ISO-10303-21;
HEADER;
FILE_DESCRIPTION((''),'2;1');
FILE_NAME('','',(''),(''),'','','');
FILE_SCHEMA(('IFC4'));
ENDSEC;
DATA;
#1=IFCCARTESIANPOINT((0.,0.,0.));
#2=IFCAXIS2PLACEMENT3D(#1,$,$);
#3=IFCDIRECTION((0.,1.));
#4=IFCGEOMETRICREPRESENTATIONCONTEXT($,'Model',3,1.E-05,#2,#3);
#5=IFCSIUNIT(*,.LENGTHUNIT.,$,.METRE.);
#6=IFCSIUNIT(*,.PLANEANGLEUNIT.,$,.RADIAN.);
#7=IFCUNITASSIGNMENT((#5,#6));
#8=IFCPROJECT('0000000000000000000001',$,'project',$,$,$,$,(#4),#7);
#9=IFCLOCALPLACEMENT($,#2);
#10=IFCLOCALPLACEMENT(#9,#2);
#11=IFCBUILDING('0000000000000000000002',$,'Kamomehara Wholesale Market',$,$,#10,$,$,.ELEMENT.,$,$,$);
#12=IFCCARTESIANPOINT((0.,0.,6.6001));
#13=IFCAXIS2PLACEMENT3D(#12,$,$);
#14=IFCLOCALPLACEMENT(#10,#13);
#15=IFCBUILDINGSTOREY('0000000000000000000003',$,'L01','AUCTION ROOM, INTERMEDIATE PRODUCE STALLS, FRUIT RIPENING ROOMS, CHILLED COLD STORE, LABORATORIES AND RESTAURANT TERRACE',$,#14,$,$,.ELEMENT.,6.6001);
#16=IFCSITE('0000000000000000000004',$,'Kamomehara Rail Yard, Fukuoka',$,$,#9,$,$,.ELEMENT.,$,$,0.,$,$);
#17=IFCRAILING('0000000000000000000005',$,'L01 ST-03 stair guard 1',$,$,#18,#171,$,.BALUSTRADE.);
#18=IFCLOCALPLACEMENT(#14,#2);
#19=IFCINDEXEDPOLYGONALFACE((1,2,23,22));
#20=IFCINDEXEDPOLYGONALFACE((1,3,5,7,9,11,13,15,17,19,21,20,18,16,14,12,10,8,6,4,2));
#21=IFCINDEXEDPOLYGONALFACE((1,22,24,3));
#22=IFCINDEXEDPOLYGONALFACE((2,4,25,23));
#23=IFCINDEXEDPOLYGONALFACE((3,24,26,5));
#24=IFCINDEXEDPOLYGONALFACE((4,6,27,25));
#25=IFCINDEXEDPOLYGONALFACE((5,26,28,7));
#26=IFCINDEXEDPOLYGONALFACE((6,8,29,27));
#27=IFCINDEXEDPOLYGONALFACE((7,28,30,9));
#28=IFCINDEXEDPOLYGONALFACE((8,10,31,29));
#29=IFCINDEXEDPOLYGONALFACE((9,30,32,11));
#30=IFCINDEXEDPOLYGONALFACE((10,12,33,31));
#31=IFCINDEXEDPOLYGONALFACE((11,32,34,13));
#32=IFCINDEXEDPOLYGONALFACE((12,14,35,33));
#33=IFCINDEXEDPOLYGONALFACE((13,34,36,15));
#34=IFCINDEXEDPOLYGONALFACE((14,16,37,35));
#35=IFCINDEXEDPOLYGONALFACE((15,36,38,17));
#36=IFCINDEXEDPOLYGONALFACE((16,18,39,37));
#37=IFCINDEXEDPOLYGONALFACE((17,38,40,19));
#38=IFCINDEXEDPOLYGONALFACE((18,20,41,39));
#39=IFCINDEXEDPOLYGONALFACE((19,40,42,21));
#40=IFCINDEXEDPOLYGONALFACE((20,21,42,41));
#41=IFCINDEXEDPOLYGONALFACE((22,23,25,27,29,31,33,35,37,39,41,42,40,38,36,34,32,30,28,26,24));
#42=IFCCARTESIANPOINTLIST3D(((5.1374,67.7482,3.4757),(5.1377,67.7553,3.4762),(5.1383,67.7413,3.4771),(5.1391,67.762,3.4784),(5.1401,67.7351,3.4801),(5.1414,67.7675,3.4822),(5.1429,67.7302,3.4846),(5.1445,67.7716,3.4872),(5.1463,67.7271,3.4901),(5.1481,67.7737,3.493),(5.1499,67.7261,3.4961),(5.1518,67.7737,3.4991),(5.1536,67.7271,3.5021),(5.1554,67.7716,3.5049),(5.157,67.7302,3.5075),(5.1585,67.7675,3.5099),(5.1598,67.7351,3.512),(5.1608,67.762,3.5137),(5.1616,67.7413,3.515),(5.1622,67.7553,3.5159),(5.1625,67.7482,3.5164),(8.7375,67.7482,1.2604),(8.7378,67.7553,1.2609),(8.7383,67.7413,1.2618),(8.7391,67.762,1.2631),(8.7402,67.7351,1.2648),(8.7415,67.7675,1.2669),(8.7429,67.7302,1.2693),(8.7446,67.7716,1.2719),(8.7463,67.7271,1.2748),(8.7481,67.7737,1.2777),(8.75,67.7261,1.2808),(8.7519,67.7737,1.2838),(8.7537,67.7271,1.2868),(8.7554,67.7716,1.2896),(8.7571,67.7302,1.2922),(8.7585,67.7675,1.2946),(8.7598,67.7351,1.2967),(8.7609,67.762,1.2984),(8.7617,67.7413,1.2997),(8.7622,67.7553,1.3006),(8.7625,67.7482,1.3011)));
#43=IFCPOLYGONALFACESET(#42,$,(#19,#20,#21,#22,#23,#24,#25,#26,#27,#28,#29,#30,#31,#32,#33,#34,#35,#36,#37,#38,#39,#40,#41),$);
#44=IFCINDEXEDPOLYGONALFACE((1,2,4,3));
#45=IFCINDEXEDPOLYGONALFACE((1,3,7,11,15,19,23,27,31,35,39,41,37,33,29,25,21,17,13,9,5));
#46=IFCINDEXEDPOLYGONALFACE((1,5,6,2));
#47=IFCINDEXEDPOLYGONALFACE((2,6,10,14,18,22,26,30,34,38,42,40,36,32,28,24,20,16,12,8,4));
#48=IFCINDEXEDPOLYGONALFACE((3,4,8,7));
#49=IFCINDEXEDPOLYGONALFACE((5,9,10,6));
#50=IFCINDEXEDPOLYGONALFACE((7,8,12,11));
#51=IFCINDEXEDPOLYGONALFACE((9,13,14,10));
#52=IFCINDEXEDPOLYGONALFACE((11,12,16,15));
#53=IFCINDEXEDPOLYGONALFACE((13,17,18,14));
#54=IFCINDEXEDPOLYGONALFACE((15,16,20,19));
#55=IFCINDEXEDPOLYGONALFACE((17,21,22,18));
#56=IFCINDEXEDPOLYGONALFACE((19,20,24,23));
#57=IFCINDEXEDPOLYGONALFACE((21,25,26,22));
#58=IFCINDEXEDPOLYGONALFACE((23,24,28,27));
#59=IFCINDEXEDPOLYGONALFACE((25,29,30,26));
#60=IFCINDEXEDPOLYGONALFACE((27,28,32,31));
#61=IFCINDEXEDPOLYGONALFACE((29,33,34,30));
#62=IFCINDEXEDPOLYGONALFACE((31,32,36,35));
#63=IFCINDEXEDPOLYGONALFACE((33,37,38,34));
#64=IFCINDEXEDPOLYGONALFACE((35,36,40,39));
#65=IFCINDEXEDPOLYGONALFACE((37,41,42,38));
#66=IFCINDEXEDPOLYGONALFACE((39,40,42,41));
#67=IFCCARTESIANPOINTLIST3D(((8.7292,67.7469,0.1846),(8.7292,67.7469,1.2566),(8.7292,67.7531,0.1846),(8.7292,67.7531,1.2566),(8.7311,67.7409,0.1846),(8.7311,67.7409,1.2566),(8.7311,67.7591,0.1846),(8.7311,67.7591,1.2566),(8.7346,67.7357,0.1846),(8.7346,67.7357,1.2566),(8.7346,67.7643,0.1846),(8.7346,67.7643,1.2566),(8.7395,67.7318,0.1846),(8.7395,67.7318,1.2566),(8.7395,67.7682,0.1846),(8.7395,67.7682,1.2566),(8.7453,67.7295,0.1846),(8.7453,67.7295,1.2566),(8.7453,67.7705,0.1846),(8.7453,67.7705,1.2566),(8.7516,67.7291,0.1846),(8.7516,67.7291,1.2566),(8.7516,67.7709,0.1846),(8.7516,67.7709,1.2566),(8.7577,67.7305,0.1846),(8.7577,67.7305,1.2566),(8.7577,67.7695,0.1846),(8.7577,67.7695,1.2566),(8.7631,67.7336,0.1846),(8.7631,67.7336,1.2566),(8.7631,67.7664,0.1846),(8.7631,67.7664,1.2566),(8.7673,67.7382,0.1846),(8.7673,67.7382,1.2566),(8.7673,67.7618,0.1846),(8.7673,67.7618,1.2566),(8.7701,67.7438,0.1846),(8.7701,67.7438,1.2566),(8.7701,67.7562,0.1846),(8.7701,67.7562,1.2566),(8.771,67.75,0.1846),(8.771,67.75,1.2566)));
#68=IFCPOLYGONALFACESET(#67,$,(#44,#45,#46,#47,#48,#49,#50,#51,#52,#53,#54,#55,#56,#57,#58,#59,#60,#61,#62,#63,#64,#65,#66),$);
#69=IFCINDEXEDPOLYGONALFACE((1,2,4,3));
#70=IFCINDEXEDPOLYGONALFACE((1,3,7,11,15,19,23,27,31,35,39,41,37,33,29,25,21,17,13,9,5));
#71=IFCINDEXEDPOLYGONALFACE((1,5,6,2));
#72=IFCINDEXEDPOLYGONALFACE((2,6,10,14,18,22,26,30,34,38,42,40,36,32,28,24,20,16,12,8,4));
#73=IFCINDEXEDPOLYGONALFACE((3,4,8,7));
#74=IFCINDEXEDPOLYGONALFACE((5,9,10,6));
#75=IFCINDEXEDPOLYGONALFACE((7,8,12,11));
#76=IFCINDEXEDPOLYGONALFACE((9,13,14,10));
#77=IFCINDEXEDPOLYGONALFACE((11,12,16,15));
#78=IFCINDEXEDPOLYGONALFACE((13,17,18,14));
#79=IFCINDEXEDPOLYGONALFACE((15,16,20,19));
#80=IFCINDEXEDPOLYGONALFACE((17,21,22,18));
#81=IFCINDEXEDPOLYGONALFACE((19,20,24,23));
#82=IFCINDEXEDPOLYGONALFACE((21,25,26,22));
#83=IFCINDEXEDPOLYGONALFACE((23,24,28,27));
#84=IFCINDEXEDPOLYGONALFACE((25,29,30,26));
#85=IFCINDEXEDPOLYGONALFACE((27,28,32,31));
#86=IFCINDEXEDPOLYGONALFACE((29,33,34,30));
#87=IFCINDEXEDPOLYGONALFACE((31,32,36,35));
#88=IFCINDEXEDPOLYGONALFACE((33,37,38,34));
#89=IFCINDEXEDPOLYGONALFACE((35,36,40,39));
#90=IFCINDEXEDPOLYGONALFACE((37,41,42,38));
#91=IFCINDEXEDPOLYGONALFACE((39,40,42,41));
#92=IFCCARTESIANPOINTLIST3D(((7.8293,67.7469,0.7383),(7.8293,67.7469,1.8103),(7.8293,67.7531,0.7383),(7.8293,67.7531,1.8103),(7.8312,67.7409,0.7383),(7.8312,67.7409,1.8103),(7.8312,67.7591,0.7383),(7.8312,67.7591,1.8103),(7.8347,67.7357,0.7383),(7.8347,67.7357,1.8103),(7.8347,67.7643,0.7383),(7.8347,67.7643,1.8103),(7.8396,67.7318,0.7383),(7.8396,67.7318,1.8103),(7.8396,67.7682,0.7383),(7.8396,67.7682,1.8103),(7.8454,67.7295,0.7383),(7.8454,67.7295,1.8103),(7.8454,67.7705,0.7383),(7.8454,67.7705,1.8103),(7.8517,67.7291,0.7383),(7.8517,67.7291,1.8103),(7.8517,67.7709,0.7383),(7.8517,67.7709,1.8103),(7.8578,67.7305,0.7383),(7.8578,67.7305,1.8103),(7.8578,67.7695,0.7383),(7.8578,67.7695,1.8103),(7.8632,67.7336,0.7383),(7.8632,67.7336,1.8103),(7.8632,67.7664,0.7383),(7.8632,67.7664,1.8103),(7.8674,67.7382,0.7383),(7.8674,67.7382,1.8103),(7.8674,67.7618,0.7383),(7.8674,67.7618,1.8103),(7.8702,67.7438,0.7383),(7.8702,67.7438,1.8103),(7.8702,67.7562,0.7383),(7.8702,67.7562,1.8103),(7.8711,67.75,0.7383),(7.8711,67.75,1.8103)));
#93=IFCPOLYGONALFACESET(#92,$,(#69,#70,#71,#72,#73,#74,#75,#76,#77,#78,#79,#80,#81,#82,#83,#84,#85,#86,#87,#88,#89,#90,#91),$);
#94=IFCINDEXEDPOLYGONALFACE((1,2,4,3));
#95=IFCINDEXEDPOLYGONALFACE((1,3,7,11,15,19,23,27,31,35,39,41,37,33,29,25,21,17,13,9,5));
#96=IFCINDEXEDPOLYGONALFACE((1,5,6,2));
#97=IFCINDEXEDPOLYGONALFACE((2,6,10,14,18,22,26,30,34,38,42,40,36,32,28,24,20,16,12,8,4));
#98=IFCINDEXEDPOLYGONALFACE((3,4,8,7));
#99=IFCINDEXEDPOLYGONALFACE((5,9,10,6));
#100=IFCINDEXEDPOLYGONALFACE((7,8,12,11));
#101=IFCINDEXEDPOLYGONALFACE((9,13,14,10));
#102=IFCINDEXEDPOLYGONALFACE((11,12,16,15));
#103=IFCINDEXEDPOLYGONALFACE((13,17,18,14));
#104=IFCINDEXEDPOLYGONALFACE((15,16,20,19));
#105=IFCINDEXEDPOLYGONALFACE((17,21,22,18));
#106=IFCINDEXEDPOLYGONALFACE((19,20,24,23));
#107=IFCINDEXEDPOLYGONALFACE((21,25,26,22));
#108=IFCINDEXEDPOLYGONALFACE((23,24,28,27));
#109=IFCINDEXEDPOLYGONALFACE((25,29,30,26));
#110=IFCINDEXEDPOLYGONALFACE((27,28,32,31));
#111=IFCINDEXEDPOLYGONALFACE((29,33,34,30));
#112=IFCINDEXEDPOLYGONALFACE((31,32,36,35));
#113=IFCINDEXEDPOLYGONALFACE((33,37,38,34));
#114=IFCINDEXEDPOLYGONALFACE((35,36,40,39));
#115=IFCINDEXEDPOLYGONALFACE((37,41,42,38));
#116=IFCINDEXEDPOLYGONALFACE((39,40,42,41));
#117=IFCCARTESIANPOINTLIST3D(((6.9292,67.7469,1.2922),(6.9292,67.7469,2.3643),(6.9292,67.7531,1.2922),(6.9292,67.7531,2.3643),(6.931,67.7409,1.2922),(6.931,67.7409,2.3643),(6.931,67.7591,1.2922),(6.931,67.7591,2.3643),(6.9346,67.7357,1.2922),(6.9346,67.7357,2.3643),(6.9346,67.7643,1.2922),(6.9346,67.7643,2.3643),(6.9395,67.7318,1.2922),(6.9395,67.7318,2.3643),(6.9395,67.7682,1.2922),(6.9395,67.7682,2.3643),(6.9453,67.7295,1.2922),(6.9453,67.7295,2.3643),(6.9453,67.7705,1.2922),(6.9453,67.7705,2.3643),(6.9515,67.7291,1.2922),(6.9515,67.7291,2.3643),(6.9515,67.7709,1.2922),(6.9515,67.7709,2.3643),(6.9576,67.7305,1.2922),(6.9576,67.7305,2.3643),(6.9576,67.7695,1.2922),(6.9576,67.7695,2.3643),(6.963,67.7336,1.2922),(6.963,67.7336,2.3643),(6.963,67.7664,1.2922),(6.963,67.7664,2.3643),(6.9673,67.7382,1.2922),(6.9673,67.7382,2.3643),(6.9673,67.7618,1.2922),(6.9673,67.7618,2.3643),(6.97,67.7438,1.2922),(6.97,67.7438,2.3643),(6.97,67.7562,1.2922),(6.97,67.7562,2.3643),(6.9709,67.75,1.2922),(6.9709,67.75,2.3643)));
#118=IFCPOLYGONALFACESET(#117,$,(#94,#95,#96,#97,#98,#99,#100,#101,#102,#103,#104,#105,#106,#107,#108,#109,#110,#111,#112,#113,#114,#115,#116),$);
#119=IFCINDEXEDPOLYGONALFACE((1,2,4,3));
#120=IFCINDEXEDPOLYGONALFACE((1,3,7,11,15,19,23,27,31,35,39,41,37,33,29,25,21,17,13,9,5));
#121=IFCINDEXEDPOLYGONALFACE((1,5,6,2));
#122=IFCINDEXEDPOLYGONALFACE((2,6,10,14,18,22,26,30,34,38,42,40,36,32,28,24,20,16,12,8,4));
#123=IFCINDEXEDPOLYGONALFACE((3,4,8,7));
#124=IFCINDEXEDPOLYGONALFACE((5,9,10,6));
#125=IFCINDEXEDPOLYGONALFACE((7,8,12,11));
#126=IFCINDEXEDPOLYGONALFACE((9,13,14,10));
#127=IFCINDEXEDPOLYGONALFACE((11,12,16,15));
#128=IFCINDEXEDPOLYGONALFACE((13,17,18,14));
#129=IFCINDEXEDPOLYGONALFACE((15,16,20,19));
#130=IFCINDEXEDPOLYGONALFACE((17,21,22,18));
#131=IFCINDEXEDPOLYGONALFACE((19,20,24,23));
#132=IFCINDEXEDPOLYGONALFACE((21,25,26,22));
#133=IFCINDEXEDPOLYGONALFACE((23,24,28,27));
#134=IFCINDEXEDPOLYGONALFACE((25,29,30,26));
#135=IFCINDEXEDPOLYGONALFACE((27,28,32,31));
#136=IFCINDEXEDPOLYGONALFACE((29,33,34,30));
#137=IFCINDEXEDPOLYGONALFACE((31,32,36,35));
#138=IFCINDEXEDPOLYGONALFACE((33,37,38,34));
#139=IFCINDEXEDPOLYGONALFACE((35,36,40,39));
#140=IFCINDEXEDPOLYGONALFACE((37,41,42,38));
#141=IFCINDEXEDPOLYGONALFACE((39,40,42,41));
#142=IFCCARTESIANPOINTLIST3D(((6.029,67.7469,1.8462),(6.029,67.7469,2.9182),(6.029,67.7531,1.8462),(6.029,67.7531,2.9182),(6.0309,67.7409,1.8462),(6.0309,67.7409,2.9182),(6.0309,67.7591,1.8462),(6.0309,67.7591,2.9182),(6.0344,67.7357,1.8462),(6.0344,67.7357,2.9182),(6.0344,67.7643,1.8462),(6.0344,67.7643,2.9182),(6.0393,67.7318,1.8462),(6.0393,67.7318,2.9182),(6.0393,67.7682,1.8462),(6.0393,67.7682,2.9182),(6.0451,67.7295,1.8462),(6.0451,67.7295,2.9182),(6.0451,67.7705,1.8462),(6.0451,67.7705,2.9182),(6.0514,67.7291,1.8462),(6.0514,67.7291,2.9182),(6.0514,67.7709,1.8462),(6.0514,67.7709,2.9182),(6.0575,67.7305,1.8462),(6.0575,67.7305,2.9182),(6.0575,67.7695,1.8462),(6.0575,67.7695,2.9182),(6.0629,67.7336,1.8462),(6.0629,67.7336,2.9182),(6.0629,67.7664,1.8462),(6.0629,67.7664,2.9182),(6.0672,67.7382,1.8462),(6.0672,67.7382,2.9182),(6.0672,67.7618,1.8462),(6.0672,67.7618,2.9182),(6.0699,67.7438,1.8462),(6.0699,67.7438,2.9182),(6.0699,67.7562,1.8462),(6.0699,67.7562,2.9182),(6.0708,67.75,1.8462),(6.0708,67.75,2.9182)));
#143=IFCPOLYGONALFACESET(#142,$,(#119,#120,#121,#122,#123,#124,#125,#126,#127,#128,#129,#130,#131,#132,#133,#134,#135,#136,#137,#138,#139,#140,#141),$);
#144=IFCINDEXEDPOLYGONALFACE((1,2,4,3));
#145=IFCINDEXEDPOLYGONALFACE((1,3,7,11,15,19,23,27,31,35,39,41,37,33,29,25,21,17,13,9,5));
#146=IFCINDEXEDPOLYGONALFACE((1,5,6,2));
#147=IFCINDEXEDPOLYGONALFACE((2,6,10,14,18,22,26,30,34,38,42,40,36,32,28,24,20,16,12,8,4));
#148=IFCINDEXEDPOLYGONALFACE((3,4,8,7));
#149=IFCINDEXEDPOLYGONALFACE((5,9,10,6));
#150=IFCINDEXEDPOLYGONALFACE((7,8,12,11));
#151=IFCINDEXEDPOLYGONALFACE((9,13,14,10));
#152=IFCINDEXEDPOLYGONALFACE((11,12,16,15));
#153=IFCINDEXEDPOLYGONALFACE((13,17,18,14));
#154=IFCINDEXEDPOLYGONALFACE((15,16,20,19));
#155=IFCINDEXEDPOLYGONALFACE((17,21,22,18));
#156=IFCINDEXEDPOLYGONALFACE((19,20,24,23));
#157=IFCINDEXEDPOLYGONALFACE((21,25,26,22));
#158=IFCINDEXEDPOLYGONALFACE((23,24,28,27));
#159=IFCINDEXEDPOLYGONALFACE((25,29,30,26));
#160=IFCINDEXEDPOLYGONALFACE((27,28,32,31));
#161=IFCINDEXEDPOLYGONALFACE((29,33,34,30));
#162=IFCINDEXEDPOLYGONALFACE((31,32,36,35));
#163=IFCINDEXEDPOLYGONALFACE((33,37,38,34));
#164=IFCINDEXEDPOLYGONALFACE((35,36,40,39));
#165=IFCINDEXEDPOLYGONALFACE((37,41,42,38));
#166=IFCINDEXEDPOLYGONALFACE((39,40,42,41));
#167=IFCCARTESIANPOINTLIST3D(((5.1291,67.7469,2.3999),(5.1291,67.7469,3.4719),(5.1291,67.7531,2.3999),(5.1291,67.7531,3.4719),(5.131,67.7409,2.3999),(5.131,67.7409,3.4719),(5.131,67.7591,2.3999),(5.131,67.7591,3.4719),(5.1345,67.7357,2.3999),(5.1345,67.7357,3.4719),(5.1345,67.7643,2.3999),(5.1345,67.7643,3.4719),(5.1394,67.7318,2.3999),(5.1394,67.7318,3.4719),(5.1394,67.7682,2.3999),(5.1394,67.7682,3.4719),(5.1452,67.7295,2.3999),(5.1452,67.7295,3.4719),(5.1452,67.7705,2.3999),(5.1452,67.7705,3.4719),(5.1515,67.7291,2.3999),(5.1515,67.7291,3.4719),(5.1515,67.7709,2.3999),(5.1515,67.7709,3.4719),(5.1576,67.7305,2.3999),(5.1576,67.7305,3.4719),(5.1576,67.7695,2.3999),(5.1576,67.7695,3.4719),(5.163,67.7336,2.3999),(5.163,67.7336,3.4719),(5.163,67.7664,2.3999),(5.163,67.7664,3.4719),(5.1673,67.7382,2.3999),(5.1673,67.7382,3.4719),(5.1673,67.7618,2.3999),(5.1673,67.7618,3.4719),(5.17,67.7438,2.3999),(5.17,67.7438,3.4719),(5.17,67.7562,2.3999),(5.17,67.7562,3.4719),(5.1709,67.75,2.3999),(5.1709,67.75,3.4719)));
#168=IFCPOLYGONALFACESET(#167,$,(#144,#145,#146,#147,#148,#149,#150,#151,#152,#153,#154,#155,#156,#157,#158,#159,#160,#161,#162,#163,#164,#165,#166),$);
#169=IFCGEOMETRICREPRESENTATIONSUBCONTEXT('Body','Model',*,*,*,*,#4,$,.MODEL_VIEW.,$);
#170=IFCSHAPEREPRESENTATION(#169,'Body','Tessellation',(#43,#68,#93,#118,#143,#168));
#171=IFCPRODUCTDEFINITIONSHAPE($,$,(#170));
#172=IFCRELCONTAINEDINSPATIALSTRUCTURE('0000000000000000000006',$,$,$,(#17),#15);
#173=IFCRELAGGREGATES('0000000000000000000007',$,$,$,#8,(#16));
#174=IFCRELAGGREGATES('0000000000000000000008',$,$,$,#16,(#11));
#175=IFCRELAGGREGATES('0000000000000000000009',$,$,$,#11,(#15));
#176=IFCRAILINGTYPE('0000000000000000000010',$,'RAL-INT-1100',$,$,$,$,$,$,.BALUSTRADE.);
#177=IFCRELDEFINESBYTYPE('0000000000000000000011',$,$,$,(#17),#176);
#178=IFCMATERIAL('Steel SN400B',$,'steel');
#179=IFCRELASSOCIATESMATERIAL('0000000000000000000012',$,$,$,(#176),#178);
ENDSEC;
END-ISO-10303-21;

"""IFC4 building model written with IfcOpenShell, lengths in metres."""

from ifc_helpers import new_model, si_unit, direction, frame, origin, origin_2d, place, context, subcontext, project, spatial, circle, extrude, material, type_object, element, save


model = new_model("IFC4")

# Units and contexts
model_context = context("Model", 3, precision=1e-05, world=origin(), true_north=direction((0.0, 1.0)))
body_context = subcontext(model_context, "Body", "Model", "MODEL_VIEW")
ifc_project = project(units=[si_unit("LENGTHUNIT", "METRE"), si_unit("PLANEANGLEUNIT", "RADIAN")], contexts=[model_context])

# Site, building, storey
site_placement = place(None, origin())
site = spatial("IfcSite", under=ifc_project, at=site_placement, Name="Kamomehara Rail Yard, Fukuoka", CompositionType="ELEMENT", RefElevation=0.0)
building_placement = place(site_placement, origin())
building = spatial("IfcBuilding", under=site, at=building_placement, Name="Kamomehara Wholesale Market", CompositionType="ELEMENT")
storey_placement = place(building_placement, frame((0.0, 0.0, 6.6001)))
storey = spatial("IfcBuildingStorey", under=building, at=storey_placement, Name="L01", Description="AUCTION ROOM, INTERMEDIATE PRODUCE STALLS, FRUIT RIPENING ROOMS, CHILLED COLD STORE, LABORATORIES AND RESTAURANT TERRACE", CompositionType="ELEMENT", Elevation=6.6001)

# Railing
ifc_material_1 = material(Name="Steel SN400B", Category="steel")
railing_type_1 = type_object("IfcRailingType", Name="RAL-INT-1100", PredefinedType="BALUSTRADE", material=ifc_material_1)
railing_1_placement = place(storey_placement, frame((8.75, 67.75, 0.1846)))
element("IfcRailing", 1, at=railing_1_placement, inside=storey, type_object=railing_type_1, Name="L01 ST-03 stair guard 1", PredefinedType="BALUSTRADE", context=body_context, shape_type="SweptSolid", body=[
    extrude(circle(Radius=0.0239, at=origin_2d()), frame((0.0, 0.0, 1.0962), z_axis=(-0.85167, 0.0, 0.524078), x_axis=(0.0, -1.0, 0.0)), (0.0, 0.0, 1.0), 4.2271),
    extrude(circle(Radius=0.021, at=origin_2d()), origin(), (0.0, 0.0, 1.0), 1.072),
    extrude(circle(Radius=0.021, at=origin_2d()), frame((-0.8999, 0.0, 0.5537)), (0.0, 0.0, 1.0), 1.072),
    extrude(circle(Radius=0.021, at=origin_2d()), frame((-1.8, 0.0, 1.1077)), (0.0, 0.0, 1.0), 1.072),
    extrude(circle(Radius=0.021, at=origin_2d()), frame((-2.7002, 0.0, 1.6616)), (0.0, 0.0, 1.0), 1.072),
    extrude(circle(Radius=0.021, at=origin_2d()), frame((-3.6001, 0.0, 2.2153)), (0.0, 0.0, 1.0), 1.072),
])

save(model, "model.ifc")
